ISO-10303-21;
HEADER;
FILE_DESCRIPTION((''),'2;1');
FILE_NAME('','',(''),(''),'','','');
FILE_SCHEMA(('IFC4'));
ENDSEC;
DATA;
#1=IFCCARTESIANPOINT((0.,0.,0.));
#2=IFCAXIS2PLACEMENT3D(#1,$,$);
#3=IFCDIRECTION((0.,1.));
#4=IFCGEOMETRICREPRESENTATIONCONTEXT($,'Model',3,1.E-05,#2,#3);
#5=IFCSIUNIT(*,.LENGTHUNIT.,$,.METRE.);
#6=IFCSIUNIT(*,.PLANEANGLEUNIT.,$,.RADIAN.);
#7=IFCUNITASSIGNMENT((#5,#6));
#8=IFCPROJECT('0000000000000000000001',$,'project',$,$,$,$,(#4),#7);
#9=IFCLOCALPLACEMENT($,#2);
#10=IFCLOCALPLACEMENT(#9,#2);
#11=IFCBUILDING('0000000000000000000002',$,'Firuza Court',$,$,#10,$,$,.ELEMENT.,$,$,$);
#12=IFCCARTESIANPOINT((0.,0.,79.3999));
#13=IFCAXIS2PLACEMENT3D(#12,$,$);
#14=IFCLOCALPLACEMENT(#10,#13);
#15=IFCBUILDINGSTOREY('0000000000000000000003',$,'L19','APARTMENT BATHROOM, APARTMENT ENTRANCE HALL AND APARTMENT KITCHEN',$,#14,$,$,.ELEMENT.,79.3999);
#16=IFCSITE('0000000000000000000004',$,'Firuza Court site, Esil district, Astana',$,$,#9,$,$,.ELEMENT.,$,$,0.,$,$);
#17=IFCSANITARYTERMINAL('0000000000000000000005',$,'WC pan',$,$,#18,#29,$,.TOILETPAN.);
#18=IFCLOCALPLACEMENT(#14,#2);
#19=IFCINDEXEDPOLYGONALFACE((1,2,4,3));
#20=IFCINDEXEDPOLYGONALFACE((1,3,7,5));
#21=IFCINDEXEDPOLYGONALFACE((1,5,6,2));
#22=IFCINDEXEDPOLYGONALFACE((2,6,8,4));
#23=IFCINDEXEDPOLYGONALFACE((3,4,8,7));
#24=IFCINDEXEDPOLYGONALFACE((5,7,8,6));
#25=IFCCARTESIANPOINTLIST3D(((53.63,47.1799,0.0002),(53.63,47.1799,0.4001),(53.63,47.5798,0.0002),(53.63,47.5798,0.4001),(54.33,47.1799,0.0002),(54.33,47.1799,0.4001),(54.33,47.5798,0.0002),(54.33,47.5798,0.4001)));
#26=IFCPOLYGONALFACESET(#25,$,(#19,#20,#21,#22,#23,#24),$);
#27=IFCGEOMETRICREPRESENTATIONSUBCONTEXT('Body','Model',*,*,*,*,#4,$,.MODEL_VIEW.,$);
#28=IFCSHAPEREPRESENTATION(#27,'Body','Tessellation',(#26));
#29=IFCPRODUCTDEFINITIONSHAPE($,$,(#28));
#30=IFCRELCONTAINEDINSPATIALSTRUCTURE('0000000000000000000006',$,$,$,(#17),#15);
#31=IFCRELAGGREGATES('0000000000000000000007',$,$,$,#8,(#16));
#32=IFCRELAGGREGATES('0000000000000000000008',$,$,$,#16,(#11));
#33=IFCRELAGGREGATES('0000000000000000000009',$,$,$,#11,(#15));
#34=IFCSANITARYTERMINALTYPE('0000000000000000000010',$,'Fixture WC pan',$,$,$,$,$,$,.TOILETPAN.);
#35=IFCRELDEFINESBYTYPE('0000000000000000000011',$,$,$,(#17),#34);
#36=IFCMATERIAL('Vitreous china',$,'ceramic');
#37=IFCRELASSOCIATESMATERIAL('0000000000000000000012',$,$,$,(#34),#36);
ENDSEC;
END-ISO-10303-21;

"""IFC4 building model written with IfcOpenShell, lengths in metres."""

from ifc_helpers import new_model, si_unit, direction, frame, origin, origin_2d, place, context, subcontext, project, spatial, rectangle, extrude, material, type_object, element, save


model = new_model("IFC4")

# Units and contexts
model_context = context("Model", 3, precision=1e-05, world=origin(), true_north=direction((0.0, 1.0)))
body_context = subcontext(model_context, "Body", "Model", "MODEL_VIEW")
ifc_project = project(units=[si_unit("LENGTHUNIT", "METRE"), si_unit("PLANEANGLEUNIT", "RADIAN")], contexts=[model_context])

# Site, building, storey
site_placement = place(None, origin())
site = spatial("IfcSite", under=ifc_project, at=site_placement, Name="Firuza Court site, Esil district, Astana", CompositionType="ELEMENT", RefElevation=0.0)
building_placement = place(site_placement, origin())
building = spatial("IfcBuilding", under=site, at=building_placement, Name="Firuza Court", CompositionType="ELEMENT")
storey_placement = place(building_placement, frame((0.0, 0.0, 79.3999)))
storey = spatial("IfcBuildingStorey", under=building, at=storey_placement, Name="L19", Description="APARTMENT BATHROOM, APARTMENT ENTRANCE HALL AND APARTMENT KITCHEN", CompositionType="ELEMENT", Elevation=79.3999)

# Sanitary terminal
ifc_material_1 = material(Name="Vitreous china", Category="ceramic")
sanitary_terminal_type_1 = type_object("IfcSanitaryTerminalType", Name="Fixture WC pan", PredefinedType="TOILETPAN", material=ifc_material_1)
for number, where, z_axis, x_axis, name in (
    (1, (53.98, 47.3799, 0.0002), (0.0, 0.0, 1.0), (1.0, 0.0, 0.0), "WC pan"),
):
    element("IfcSanitaryTerminal", number, at=place(storey_placement, frame(where, z_axis=z_axis, x_axis=x_axis)), inside=storey, type_object=sanitary_terminal_type_1, Name=name, PredefinedType="TOILETPAN", context=body_context, shape_type="SweptSolid", body=[
        extrude(rectangle(XDim=0.7, YDim=0.3999, at=origin_2d()), origin(), (0.0, 0.0, 1.0), 0.3999),
    ])

save(model, "model.ifc")
